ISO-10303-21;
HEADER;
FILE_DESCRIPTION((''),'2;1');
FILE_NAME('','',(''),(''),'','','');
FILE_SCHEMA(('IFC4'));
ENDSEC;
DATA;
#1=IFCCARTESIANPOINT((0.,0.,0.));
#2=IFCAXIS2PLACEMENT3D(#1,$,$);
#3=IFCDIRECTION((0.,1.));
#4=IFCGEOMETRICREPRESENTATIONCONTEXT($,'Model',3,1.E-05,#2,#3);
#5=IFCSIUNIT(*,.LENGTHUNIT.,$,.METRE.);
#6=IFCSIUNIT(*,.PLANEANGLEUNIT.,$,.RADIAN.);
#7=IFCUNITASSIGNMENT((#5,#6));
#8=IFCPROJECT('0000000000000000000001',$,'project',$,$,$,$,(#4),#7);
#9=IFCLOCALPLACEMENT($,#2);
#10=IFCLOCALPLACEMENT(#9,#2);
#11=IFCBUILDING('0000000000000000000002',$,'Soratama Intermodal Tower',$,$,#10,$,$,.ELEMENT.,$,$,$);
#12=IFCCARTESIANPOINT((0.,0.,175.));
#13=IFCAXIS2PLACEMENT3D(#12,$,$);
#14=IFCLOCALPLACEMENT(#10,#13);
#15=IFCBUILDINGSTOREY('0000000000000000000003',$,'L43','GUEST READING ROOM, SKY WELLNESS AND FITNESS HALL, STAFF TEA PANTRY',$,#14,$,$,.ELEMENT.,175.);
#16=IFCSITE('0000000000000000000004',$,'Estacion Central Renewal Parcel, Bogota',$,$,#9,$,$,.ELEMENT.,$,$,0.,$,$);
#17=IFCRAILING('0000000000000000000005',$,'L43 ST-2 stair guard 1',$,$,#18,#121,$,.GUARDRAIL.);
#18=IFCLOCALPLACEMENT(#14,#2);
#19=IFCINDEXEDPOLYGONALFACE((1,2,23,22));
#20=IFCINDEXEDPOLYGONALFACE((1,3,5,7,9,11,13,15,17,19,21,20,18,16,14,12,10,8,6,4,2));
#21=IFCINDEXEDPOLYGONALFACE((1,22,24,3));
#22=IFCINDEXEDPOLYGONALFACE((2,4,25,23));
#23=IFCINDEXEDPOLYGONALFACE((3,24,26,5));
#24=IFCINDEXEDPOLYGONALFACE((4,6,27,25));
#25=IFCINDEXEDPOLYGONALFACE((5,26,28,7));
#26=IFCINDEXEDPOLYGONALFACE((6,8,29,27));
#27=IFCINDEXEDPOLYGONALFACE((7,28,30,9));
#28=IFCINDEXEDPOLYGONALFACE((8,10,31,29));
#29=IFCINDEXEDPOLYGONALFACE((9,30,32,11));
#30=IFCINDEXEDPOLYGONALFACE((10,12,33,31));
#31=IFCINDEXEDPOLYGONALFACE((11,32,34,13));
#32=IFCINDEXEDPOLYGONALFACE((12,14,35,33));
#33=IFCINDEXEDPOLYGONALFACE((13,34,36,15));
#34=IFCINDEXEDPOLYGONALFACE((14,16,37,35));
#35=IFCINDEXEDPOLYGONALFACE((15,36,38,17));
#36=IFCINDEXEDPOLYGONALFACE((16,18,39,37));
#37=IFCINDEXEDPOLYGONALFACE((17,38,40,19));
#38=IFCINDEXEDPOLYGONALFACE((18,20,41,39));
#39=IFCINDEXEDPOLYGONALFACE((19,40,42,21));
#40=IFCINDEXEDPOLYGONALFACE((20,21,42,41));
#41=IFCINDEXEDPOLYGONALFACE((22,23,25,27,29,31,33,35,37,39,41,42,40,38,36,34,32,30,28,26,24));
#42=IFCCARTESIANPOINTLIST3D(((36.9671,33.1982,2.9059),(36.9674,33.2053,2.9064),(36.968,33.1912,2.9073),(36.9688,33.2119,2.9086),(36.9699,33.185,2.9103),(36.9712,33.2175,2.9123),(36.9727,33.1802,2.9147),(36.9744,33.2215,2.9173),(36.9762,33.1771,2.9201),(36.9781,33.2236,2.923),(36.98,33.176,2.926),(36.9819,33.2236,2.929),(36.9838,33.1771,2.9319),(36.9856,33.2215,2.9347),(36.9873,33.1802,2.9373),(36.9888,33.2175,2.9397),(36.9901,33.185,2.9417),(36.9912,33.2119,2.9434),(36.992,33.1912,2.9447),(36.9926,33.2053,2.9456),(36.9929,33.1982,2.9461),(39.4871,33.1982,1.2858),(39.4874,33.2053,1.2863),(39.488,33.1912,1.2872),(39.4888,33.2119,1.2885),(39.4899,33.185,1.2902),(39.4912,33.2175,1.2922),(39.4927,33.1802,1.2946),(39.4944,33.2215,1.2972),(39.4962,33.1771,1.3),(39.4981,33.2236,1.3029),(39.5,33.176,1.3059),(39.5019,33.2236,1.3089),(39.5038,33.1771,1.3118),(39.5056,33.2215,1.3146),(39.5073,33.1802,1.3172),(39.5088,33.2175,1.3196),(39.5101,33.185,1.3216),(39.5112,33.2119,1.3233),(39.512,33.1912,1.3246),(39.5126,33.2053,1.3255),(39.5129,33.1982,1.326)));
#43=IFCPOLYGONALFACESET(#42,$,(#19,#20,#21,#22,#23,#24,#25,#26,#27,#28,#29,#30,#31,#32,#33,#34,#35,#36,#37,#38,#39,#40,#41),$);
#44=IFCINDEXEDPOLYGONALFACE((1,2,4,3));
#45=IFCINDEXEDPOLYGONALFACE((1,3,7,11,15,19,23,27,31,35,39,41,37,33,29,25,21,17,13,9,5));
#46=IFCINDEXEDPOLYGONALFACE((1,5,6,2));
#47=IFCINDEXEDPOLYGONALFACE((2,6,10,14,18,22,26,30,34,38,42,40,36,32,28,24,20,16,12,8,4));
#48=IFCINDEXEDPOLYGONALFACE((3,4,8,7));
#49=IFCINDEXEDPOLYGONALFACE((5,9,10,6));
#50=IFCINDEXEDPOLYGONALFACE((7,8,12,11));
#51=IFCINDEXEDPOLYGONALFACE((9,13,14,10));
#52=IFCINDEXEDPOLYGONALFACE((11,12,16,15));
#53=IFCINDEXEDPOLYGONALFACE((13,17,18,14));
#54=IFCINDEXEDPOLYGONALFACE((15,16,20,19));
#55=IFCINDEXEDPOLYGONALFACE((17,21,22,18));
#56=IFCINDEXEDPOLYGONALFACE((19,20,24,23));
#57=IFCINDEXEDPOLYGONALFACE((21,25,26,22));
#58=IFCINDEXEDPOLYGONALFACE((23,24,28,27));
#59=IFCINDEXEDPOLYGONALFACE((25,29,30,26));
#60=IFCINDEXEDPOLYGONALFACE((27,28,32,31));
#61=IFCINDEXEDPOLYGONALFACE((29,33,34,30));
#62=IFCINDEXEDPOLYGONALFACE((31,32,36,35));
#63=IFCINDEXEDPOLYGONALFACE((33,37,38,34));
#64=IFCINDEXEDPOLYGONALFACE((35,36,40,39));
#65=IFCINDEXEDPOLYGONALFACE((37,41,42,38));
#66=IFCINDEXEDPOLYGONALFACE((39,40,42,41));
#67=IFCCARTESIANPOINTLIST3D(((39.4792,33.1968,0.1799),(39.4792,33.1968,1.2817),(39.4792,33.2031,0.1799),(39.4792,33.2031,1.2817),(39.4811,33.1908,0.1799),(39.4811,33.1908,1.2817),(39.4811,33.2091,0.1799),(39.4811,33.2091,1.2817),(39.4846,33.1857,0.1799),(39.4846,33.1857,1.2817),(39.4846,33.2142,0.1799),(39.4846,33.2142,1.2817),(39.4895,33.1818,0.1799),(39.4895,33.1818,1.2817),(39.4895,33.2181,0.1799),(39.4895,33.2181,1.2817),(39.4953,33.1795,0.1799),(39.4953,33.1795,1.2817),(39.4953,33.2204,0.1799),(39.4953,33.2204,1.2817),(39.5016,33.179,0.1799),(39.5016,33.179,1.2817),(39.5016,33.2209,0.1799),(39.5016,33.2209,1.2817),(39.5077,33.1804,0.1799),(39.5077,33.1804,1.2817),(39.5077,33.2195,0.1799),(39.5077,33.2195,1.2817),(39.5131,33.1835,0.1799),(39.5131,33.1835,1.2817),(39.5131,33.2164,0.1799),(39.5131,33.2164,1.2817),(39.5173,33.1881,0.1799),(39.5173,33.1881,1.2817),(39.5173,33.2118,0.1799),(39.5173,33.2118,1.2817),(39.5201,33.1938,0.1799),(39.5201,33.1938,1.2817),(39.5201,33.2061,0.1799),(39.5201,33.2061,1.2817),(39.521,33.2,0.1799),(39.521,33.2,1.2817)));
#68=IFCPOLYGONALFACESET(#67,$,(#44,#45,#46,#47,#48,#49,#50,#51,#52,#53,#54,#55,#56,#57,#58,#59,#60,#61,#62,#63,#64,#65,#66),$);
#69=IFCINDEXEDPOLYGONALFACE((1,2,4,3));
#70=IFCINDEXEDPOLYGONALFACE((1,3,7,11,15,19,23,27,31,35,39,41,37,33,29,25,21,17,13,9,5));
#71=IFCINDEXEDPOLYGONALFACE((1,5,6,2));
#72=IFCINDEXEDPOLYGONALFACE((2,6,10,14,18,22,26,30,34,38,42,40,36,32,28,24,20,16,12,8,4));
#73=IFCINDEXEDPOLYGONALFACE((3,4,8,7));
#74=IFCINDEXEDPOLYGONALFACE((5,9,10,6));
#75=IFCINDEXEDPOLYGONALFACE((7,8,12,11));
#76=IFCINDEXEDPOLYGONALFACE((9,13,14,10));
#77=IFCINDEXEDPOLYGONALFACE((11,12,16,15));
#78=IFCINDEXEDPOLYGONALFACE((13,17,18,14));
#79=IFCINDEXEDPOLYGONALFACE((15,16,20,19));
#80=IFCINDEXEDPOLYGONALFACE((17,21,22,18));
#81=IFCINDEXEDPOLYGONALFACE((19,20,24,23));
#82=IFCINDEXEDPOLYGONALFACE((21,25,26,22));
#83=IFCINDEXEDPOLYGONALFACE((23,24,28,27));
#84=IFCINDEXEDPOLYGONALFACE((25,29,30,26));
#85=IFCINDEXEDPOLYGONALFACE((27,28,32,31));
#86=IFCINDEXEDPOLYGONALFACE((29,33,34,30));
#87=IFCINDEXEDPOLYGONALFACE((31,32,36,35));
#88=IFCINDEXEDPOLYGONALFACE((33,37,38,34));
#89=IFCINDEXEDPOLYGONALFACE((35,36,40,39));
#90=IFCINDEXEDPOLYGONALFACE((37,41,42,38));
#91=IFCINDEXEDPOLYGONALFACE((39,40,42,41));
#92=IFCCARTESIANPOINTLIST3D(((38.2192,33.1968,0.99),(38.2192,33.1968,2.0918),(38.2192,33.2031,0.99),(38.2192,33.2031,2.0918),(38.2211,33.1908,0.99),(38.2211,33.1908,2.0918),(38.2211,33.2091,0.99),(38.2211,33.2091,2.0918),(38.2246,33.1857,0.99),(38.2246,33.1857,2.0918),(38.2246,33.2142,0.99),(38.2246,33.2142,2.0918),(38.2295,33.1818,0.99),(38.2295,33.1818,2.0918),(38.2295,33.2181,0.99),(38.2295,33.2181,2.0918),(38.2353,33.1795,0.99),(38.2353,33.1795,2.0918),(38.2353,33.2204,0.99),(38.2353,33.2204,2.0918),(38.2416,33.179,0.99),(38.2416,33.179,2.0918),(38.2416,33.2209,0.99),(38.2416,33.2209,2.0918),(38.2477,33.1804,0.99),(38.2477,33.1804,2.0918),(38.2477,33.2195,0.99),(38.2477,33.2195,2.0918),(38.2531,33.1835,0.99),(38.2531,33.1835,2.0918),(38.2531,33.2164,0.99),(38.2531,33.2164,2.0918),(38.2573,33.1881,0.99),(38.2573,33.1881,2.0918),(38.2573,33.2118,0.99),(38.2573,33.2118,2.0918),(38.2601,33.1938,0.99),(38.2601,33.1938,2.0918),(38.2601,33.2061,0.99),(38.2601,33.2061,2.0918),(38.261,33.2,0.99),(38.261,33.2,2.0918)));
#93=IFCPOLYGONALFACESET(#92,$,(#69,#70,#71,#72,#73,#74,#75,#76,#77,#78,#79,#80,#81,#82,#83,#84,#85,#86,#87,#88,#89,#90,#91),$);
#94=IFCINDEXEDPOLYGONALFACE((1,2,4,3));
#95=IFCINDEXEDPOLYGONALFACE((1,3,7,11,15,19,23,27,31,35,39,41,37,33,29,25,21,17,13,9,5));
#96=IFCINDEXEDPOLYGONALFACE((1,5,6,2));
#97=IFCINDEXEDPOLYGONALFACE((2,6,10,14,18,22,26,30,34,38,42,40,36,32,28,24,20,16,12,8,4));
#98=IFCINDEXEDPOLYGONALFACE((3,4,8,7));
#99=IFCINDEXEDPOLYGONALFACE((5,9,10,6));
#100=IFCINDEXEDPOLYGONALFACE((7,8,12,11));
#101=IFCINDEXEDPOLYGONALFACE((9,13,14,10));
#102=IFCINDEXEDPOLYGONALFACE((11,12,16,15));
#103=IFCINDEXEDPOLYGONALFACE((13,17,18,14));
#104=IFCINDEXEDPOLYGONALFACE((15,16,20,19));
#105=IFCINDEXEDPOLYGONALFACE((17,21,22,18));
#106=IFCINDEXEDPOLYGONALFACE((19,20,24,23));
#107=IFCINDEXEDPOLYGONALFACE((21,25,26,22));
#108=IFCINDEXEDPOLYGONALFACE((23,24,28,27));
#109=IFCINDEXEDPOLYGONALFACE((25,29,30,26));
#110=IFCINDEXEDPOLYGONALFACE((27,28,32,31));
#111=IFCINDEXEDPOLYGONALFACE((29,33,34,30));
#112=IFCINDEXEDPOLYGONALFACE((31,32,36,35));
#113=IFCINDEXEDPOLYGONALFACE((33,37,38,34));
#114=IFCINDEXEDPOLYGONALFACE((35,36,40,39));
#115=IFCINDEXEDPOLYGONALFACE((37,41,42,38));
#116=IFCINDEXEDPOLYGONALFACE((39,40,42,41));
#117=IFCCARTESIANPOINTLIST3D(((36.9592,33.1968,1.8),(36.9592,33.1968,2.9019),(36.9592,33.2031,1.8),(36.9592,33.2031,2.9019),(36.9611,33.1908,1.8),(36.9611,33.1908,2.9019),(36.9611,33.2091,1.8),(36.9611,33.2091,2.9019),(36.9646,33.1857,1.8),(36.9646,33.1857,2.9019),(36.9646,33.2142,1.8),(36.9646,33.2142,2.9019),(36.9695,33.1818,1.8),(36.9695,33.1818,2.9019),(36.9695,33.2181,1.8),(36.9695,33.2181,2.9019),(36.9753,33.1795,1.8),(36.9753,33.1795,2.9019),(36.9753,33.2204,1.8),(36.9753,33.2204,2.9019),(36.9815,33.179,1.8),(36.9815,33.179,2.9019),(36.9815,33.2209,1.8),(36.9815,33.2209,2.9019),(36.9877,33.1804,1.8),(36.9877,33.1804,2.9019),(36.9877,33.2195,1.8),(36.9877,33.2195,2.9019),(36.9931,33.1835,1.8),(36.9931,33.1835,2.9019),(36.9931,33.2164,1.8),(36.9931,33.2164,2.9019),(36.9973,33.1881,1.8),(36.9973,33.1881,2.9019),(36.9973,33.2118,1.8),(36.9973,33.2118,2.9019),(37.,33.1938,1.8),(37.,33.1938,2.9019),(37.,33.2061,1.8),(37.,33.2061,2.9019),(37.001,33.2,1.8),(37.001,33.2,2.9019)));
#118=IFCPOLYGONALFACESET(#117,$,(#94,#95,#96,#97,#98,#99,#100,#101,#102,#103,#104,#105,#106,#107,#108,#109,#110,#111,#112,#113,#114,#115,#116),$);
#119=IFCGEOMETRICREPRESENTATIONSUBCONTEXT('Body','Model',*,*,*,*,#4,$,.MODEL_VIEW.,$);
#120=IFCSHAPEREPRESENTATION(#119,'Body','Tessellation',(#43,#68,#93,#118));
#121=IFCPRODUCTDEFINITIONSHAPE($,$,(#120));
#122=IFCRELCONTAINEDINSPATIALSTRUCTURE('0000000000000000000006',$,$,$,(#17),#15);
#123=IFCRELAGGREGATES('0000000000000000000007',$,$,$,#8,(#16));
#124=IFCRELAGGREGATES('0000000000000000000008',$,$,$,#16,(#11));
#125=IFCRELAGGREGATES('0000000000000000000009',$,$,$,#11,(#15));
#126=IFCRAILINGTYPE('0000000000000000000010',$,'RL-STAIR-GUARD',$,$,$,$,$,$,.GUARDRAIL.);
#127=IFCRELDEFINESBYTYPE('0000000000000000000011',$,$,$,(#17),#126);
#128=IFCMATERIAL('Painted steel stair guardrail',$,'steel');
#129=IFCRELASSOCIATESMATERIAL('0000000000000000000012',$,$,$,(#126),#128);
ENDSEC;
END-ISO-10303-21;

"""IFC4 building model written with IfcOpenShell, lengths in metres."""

from ifc_helpers import new_model, si_unit, direction, frame, origin, origin_2d, place, context, subcontext, project, spatial, circle, extrude, material, type_object, element, save


model = new_model("IFC4")

# Units and contexts
model_context = context("Model", 3, precision=1e-05, world=origin(), true_north=direction((0.0, 1.0)))
body_context = subcontext(model_context, "Body", "Model", "MODEL_VIEW")
ifc_project = project(units=[si_unit("LENGTHUNIT", "METRE"), si_unit("PLANEANGLEUNIT", "RADIAN")], contexts=[model_context])

# Site, building, storey
site_placement = place(None, origin())
site = spatial("IfcSite", under=ifc_project, at=site_placement, Name="Estacion Central Renewal Parcel, Bogota", CompositionType="ELEMENT", RefElevation=0.0)
building_placement = place(site_placement, origin())
building = spatial("IfcBuilding", under=site, at=building_placement, Name="Soratama Intermodal Tower", CompositionType="ELEMENT")
storey_placement = place(building_placement, frame((0.0, 0.0, 175.0)))
storey = spatial("IfcBuildingStorey", under=building, at=storey_placement, Name="L43", Description="GUEST READING ROOM, SKY WELLNESS AND FITNESS HALL, STAFF TEA PANTRY", CompositionType="ELEMENT", Elevation=175.0)

# Railing
ifc_material_1 = material(Name="Painted steel stair guardrail", Category="steel")
railing_type_1 = type_object("IfcRailingType", Name="RL-STAIR-GUARD", PredefinedType="GUARDRAIL", material=ifc_material_1)
railing_1_placement = place(storey_placement, frame((39.5, 33.2, 0.1799)))
element("IfcRailing", 1, at=railing_1_placement, inside=storey, type_object=railing_type_1, Name="L43 ST-2 stair guard 1", PredefinedType="GUARDRAIL", context=body_context, shape_type="SweptSolid", body=[
    extrude(circle(Radius=0.0239, at=origin_2d()), frame((0.0, 0.0, 1.126), z_axis=(-0.841163, 0.0, 0.540782), x_axis=(0.0, -1.0, 0.0)), (0.0, 0.0, 1.0), 2.9958),
    extrude(circle(Radius=0.021, at=origin_2d()), origin(), (0.0, 0.0, 1.0), 1.1018),
    extrude(circle(Radius=0.021, at=origin_2d()), frame((-1.26, 0.0, 0.8101)), (0.0, 0.0, 1.0), 1.1018),
    extrude(circle(Radius=0.021, at=origin_2d()), frame((-2.52, 0.0, 1.6201)), (0.0, 0.0, 1.0), 1.1018),
])

save(model, "model.ifc")
